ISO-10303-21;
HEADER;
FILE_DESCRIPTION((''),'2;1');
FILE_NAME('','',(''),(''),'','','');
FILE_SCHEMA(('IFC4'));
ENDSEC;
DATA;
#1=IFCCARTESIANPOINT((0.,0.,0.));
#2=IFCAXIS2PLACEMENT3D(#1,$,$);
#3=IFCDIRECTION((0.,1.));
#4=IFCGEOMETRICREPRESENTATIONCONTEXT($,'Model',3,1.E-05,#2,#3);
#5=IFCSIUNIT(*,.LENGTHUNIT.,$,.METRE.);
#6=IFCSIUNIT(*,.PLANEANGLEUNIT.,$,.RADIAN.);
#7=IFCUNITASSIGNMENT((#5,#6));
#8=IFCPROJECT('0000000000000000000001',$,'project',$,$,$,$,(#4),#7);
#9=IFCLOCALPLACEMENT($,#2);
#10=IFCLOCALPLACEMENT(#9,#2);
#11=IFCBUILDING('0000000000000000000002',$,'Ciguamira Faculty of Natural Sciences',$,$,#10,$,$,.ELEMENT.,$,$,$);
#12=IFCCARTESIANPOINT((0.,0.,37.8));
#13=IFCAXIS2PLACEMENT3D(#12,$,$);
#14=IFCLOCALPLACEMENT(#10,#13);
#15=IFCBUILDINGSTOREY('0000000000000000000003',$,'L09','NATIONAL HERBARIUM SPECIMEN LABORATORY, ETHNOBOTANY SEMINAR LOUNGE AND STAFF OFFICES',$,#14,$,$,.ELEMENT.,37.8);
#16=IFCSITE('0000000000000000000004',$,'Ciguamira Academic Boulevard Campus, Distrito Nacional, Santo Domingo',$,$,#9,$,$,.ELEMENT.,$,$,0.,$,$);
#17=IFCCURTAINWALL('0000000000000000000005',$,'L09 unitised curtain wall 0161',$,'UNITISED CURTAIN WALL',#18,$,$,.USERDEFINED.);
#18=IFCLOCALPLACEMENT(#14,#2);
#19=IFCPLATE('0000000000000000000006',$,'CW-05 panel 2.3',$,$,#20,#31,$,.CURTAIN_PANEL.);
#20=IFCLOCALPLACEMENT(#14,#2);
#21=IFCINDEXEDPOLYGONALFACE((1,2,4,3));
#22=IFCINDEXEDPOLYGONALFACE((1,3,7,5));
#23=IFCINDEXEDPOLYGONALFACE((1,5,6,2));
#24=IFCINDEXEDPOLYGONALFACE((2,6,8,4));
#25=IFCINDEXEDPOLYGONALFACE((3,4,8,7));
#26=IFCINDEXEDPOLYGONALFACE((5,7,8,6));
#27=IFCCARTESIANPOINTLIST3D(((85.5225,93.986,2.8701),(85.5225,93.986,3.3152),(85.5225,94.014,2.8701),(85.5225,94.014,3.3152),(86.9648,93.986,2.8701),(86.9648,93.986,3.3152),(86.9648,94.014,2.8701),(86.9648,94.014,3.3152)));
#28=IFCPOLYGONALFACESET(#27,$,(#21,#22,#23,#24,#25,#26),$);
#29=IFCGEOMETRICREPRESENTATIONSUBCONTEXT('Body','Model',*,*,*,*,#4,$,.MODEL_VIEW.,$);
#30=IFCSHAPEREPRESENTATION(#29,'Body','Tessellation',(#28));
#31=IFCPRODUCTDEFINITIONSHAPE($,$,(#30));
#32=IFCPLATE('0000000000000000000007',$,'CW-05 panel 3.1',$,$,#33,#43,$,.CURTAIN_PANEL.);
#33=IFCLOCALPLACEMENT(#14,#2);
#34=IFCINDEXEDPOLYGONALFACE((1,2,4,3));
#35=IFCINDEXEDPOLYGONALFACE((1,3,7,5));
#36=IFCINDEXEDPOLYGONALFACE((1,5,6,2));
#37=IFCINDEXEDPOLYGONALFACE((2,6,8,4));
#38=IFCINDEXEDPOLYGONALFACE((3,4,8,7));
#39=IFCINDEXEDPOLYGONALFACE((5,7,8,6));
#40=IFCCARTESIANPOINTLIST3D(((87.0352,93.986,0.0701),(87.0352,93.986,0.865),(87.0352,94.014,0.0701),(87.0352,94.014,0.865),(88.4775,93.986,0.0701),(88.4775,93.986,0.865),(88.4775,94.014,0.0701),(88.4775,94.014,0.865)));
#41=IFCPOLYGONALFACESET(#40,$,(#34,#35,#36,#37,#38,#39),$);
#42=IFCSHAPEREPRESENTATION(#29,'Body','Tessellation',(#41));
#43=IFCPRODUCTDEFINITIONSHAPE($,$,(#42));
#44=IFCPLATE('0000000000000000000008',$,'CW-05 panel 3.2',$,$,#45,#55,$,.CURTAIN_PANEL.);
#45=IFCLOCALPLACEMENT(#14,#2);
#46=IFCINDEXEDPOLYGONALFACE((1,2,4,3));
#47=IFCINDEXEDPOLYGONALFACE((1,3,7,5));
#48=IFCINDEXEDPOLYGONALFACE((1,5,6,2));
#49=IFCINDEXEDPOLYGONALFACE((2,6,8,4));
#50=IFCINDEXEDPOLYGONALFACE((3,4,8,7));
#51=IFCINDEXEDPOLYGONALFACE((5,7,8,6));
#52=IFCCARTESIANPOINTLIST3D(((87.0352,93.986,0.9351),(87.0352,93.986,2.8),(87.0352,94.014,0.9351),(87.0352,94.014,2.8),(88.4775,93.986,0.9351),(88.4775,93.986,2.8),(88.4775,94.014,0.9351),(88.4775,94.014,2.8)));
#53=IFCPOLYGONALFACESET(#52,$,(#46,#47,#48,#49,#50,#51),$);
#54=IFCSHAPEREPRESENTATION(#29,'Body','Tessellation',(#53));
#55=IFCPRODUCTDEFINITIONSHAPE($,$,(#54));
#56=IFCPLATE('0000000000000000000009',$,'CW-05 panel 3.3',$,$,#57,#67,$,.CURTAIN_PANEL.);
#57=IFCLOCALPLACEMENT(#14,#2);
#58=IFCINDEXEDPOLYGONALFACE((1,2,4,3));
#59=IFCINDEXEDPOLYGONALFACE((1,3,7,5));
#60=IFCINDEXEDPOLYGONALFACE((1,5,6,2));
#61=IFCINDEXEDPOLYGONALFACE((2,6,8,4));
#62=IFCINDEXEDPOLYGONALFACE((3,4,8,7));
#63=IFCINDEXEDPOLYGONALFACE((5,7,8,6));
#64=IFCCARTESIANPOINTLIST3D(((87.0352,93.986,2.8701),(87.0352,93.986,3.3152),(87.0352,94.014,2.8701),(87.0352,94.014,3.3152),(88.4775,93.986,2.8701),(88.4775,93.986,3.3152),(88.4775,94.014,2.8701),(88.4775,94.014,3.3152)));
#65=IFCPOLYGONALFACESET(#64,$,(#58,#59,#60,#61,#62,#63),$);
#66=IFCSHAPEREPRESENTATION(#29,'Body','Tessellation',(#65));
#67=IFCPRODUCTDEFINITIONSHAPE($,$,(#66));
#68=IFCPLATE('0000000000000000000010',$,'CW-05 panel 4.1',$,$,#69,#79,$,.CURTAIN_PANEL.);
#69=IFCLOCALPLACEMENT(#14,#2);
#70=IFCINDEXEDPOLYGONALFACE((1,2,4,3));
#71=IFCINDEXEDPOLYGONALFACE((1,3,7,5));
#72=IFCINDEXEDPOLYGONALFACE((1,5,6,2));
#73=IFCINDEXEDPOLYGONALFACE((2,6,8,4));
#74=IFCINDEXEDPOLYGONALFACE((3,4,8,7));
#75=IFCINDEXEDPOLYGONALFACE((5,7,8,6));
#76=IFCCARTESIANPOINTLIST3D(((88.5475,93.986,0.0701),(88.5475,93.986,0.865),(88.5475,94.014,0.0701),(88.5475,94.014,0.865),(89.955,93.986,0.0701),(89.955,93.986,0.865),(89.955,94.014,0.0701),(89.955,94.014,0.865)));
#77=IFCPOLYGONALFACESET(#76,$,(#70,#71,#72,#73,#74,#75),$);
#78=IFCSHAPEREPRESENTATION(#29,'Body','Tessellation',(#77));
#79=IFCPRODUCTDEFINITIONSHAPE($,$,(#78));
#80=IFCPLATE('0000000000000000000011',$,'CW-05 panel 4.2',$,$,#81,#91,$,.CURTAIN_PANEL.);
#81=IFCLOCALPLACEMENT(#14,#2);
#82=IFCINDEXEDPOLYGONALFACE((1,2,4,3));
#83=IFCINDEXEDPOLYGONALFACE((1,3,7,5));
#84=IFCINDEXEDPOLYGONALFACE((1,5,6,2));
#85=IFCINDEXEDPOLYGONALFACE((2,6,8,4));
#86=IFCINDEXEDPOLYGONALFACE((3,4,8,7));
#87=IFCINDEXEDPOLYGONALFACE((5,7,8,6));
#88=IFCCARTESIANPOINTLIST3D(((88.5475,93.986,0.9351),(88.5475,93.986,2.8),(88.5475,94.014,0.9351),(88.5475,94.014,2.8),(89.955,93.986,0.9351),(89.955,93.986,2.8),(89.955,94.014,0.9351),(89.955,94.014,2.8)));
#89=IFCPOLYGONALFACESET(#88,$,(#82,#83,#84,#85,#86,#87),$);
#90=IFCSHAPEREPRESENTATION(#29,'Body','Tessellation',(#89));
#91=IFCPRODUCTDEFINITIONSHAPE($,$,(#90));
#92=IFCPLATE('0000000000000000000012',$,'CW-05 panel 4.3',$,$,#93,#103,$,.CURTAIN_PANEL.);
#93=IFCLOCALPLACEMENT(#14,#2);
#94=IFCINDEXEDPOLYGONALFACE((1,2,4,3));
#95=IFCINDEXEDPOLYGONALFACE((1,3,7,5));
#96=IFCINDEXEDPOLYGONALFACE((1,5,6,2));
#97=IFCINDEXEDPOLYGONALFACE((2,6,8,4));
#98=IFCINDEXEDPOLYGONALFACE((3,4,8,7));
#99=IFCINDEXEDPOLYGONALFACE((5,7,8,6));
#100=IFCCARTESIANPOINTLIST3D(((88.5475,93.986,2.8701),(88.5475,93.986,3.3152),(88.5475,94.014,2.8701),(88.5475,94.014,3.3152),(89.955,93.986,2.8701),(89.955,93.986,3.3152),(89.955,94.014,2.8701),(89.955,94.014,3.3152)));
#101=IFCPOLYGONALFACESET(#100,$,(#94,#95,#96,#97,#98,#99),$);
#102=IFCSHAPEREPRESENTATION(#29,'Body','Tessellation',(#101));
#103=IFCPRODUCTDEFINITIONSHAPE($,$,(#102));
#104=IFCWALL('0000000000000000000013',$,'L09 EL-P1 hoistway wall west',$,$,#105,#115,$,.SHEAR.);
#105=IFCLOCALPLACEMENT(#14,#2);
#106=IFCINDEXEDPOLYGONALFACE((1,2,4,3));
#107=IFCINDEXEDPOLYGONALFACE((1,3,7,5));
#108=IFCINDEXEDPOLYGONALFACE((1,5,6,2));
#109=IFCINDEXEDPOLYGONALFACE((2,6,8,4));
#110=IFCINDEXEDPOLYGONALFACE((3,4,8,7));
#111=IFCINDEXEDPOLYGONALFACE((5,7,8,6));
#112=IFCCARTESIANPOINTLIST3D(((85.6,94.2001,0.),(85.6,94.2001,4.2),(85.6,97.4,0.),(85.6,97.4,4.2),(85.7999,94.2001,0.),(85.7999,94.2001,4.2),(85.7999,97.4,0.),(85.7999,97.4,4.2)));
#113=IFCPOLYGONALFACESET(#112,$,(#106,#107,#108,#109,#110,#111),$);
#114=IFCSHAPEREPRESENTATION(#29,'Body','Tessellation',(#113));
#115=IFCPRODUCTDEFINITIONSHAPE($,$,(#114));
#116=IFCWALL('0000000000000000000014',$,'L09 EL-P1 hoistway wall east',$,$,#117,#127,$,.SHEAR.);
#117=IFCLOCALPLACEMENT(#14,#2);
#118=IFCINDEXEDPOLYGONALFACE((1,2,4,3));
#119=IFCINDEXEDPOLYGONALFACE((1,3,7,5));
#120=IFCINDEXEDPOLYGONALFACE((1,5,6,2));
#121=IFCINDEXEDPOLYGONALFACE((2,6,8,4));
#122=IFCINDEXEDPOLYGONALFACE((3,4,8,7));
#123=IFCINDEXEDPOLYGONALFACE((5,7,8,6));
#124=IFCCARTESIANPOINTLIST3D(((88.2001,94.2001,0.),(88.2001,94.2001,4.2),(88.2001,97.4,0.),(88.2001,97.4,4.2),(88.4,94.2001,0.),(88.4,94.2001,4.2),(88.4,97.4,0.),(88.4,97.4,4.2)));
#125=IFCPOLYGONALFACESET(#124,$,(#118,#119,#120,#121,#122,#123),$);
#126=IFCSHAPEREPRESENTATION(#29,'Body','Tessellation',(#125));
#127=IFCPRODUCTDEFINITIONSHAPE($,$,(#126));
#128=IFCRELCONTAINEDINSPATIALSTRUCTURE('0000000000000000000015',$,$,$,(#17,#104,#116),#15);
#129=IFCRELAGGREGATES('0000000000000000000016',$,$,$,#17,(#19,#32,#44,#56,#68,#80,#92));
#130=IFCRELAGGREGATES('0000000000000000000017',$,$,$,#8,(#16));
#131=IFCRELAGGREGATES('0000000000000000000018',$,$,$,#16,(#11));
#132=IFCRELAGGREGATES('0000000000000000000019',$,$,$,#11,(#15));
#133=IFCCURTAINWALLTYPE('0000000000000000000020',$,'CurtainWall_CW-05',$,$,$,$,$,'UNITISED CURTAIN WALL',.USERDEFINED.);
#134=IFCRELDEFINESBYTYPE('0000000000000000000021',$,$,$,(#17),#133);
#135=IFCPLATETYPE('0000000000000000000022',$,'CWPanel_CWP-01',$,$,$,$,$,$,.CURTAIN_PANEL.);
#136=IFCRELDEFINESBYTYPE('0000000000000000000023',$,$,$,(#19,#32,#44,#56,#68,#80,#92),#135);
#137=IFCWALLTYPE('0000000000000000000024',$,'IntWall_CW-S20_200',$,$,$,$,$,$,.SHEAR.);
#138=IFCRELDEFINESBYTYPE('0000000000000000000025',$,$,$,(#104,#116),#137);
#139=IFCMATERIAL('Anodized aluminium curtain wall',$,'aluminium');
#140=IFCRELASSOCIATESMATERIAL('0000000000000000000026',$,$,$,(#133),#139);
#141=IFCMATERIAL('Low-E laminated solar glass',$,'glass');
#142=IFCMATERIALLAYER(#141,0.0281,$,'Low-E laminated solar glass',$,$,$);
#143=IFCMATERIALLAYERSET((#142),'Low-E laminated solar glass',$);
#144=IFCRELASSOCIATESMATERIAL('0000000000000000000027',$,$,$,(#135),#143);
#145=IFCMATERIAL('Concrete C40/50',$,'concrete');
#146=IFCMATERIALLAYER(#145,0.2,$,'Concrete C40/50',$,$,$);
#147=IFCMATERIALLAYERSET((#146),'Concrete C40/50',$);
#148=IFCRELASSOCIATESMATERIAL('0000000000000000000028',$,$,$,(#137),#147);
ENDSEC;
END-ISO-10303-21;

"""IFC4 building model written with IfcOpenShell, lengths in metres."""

from ifc_helpers import new_model, si_unit, direction, frame, frame_2d, origin, origin_2d, place, context, subcontext, project, spatial, rectangle, extrude, material, layer, layer_set, type_object, element, aggregate, save


model = new_model("IFC4")

# Units and contexts
model_context = context("Model", 3, precision=1e-05, world=origin(), true_north=direction((0.0, 1.0)))
body_context = subcontext(model_context, "Body", "Model", "MODEL_VIEW")
ifc_project = project(units=[si_unit("LENGTHUNIT", "METRE"), si_unit("PLANEANGLEUNIT", "RADIAN")], contexts=[model_context])

# Site, building, storey
site_placement = place(None, origin())
site = spatial("IfcSite", under=ifc_project, at=site_placement, Name="Ciguamira Academic Boulevard Campus, Distrito Nacional, Santo Domingo", CompositionType="ELEMENT", RefElevation=0.0)
building_placement = place(site_placement, origin())
building = spatial("IfcBuilding", under=site, at=building_placement, Name="Ciguamira Faculty of Natural Sciences", CompositionType="ELEMENT")
storey_placement = place(building_placement, frame((0.0, 0.0, 37.8)))
storey = spatial("IfcBuildingStorey", under=building, at=storey_placement, Name="L09", Description="NATIONAL HERBARIUM SPECIMEN LABORATORY, ETHNOBOTANY SEMINAR LOUNGE AND STAFF OFFICES", CompositionType="ELEMENT", Elevation=37.8)

# Shared definitions
ifc_material_1 = material(Name="Concrete C40/50", Category="concrete")

# Curtain wall, plates
ifc_material_2 = material(Name="Anodized aluminium curtain wall", Category="aluminium")
curtain_wall_type = type_object("IfcCurtainWallType", Name="CurtainWall_CW-05", ElementType="UNITISED CURTAIN WALL", PredefinedType="USERDEFINED", material=ifc_material_2)
curtain_wall_placement = place(storey_placement, origin())
curtain_wall = element("IfcCurtainWall", 1, at=curtain_wall_placement, inside=storey, type_object=curtain_wall_type, Name="L09 unitised curtain wall 0161", ObjectType="UNITISED CURTAIN WALL", PredefinedType="USERDEFINED")
ifc_material_3 = material(Name="Low-E laminated solar glass", Category="glass")
ifc_layer_1 = layer(ifc_material_3, 0.0281, Name="Low-E laminated solar glass")
ifc_layer_set_1 = layer_set([ifc_layer_1], Name="Low-E laminated solar glass")
plate_type = type_object("IfcPlateType", Name="CWPanel_CWP-01", PredefinedType="CURTAIN_PANEL", material=ifc_layer_set_1)
plate_1_placement = place(storey_placement, frame((86.2437, 94.0, 2.8701), z_axis=(0.0, 0.0, 1.0), x_axis=(1.0, 0.0, 0.0)))
plate_1 = element("IfcPlate", 2, at=plate_1_placement, type_object=plate_type, Name="CW-05 panel 2.3", PredefinedType="CURTAIN_PANEL", context=body_context, shape_type="SweptSolid", body=[
    extrude(rectangle(XDim=1.4424, YDim=0.0281, at=origin_2d()), origin(), (0.0, 0.0, 1.0), 0.4451),
])
plate_2_placement = place(storey_placement, frame((87.7563, 94.0, 0.0701), z_axis=(0.0, 0.0, 1.0), x_axis=(1.0, 0.0, 0.0)))
plate_2 = element("IfcPlate", 3, at=plate_2_placement, type_object=plate_type, Name="CW-05 panel 3.1", PredefinedType="CURTAIN_PANEL", context=body_context, shape_type="SweptSolid", body=[
    extrude(rectangle(XDim=1.4424, YDim=0.0281, at=origin_2d()), origin(), (0.0, 0.0, 1.0), 0.7949),
])
plate_3_placement = place(storey_placement, frame((87.7563, 94.0, 0.9351), z_axis=(0.0, 0.0, 1.0), x_axis=(1.0, 0.0, 0.0)))
plate_3 = element("IfcPlate", 4, at=plate_3_placement, type_object=plate_type, Name="CW-05 panel 3.2", PredefinedType="CURTAIN_PANEL", context=body_context, shape_type="SweptSolid", body=[
    extrude(rectangle(XDim=1.4424, YDim=0.0281, at=origin_2d()), origin(), (0.0, 0.0, 1.0), 1.865),
])
plate_4_placement = place(storey_placement, frame((87.7563, 94.0, 2.8701), z_axis=(0.0, 0.0, 1.0), x_axis=(1.0, 0.0, 0.0)))
plate_4 = element("IfcPlate", 5, at=plate_4_placement, type_object=plate_type, Name="CW-05 panel 3.3", PredefinedType="CURTAIN_PANEL", context=body_context, shape_type="SweptSolid", body=[
    extrude(rectangle(XDim=1.4424, YDim=0.0281, at=origin_2d()), origin(), (0.0, 0.0, 1.0), 0.4451),
])
plate_5_placement = place(storey_placement, frame((89.2512, 94.0, 0.0701), z_axis=(0.0, 0.0, 1.0), x_axis=(1.0, 0.0, 0.0)))
plate_5 = element("IfcPlate", 6, at=plate_5_placement, type_object=plate_type, Name="CW-05 panel 4.1", PredefinedType="CURTAIN_PANEL", context=body_context, shape_type="SweptSolid", body=[
    extrude(rectangle(XDim=1.4075, YDim=0.0281, at=origin_2d()), origin(), (0.0, 0.0, 1.0), 0.7949),
])
plate_6_placement = place(storey_placement, frame((89.2512, 94.0, 0.9351), z_axis=(0.0, 0.0, 1.0), x_axis=(1.0, 0.0, 0.0)))
plate_6 = element("IfcPlate", 7, at=plate_6_placement, type_object=plate_type, Name="CW-05 panel 4.2", PredefinedType="CURTAIN_PANEL", context=body_context, shape_type="SweptSolid", body=[
    extrude(rectangle(XDim=1.4075, YDim=0.0281, at=origin_2d()), origin(), (0.0, 0.0, 1.0), 1.865),
])
plate_7_placement = place(storey_placement, frame((89.2512, 94.0, 2.8701), z_axis=(0.0, 0.0, 1.0), x_axis=(1.0, 0.0, 0.0)))
plate_7 = element("IfcPlate", 8, at=plate_7_placement, type_object=plate_type, Name="CW-05 panel 4.3", PredefinedType="CURTAIN_PANEL", context=body_context, shape_type="SweptSolid", body=[
    extrude(rectangle(XDim=1.4075, YDim=0.0281, at=origin_2d()), origin(), (0.0, 0.0, 1.0), 0.4451),
])
aggregate(curtain_wall, [plate_1, plate_2, plate_3, plate_4, plate_5, plate_6, plate_7])

# Walls
ifc_layer_2 = layer(ifc_material_1, 0.2, Name="Concrete C40/50")
ifc_layer_set_2 = layer_set([ifc_layer_2], Name="Concrete C40/50")
wall_type = type_object("IfcWallType", Name="IntWall_CW-S20_200", PredefinedType="SHEAR", material=ifc_layer_set_2)
for number, where, z_axis, x_axis, name in (
    (9, (85.7, 94.2, 0.0), (0.0, 0.0, 1.0), (0.0, 1.0, 0.0), "L09 EL-P1 hoistway wall west"),
    (10, (88.3, 94.2, 0.0), (0.0, 0.0, 1.0), (0.0, 1.0, 0.0), "L09 EL-P1 hoistway wall east"),
):
    element("IfcWall", number, at=place(storey_placement, frame(where, z_axis=z_axis, x_axis=x_axis)), inside=storey, type_object=wall_type, Name=name, PredefinedType="SHEAR", context=body_context, shape_type="SweptSolid", body=[
        extrude(rectangle(XDim=3.2, YDim=0.2, at=frame_2d((1.6001, 0.0))), origin(), (0.0, 0.0, 1.0), 4.2),
    ])

save(model, "model.ifc")
